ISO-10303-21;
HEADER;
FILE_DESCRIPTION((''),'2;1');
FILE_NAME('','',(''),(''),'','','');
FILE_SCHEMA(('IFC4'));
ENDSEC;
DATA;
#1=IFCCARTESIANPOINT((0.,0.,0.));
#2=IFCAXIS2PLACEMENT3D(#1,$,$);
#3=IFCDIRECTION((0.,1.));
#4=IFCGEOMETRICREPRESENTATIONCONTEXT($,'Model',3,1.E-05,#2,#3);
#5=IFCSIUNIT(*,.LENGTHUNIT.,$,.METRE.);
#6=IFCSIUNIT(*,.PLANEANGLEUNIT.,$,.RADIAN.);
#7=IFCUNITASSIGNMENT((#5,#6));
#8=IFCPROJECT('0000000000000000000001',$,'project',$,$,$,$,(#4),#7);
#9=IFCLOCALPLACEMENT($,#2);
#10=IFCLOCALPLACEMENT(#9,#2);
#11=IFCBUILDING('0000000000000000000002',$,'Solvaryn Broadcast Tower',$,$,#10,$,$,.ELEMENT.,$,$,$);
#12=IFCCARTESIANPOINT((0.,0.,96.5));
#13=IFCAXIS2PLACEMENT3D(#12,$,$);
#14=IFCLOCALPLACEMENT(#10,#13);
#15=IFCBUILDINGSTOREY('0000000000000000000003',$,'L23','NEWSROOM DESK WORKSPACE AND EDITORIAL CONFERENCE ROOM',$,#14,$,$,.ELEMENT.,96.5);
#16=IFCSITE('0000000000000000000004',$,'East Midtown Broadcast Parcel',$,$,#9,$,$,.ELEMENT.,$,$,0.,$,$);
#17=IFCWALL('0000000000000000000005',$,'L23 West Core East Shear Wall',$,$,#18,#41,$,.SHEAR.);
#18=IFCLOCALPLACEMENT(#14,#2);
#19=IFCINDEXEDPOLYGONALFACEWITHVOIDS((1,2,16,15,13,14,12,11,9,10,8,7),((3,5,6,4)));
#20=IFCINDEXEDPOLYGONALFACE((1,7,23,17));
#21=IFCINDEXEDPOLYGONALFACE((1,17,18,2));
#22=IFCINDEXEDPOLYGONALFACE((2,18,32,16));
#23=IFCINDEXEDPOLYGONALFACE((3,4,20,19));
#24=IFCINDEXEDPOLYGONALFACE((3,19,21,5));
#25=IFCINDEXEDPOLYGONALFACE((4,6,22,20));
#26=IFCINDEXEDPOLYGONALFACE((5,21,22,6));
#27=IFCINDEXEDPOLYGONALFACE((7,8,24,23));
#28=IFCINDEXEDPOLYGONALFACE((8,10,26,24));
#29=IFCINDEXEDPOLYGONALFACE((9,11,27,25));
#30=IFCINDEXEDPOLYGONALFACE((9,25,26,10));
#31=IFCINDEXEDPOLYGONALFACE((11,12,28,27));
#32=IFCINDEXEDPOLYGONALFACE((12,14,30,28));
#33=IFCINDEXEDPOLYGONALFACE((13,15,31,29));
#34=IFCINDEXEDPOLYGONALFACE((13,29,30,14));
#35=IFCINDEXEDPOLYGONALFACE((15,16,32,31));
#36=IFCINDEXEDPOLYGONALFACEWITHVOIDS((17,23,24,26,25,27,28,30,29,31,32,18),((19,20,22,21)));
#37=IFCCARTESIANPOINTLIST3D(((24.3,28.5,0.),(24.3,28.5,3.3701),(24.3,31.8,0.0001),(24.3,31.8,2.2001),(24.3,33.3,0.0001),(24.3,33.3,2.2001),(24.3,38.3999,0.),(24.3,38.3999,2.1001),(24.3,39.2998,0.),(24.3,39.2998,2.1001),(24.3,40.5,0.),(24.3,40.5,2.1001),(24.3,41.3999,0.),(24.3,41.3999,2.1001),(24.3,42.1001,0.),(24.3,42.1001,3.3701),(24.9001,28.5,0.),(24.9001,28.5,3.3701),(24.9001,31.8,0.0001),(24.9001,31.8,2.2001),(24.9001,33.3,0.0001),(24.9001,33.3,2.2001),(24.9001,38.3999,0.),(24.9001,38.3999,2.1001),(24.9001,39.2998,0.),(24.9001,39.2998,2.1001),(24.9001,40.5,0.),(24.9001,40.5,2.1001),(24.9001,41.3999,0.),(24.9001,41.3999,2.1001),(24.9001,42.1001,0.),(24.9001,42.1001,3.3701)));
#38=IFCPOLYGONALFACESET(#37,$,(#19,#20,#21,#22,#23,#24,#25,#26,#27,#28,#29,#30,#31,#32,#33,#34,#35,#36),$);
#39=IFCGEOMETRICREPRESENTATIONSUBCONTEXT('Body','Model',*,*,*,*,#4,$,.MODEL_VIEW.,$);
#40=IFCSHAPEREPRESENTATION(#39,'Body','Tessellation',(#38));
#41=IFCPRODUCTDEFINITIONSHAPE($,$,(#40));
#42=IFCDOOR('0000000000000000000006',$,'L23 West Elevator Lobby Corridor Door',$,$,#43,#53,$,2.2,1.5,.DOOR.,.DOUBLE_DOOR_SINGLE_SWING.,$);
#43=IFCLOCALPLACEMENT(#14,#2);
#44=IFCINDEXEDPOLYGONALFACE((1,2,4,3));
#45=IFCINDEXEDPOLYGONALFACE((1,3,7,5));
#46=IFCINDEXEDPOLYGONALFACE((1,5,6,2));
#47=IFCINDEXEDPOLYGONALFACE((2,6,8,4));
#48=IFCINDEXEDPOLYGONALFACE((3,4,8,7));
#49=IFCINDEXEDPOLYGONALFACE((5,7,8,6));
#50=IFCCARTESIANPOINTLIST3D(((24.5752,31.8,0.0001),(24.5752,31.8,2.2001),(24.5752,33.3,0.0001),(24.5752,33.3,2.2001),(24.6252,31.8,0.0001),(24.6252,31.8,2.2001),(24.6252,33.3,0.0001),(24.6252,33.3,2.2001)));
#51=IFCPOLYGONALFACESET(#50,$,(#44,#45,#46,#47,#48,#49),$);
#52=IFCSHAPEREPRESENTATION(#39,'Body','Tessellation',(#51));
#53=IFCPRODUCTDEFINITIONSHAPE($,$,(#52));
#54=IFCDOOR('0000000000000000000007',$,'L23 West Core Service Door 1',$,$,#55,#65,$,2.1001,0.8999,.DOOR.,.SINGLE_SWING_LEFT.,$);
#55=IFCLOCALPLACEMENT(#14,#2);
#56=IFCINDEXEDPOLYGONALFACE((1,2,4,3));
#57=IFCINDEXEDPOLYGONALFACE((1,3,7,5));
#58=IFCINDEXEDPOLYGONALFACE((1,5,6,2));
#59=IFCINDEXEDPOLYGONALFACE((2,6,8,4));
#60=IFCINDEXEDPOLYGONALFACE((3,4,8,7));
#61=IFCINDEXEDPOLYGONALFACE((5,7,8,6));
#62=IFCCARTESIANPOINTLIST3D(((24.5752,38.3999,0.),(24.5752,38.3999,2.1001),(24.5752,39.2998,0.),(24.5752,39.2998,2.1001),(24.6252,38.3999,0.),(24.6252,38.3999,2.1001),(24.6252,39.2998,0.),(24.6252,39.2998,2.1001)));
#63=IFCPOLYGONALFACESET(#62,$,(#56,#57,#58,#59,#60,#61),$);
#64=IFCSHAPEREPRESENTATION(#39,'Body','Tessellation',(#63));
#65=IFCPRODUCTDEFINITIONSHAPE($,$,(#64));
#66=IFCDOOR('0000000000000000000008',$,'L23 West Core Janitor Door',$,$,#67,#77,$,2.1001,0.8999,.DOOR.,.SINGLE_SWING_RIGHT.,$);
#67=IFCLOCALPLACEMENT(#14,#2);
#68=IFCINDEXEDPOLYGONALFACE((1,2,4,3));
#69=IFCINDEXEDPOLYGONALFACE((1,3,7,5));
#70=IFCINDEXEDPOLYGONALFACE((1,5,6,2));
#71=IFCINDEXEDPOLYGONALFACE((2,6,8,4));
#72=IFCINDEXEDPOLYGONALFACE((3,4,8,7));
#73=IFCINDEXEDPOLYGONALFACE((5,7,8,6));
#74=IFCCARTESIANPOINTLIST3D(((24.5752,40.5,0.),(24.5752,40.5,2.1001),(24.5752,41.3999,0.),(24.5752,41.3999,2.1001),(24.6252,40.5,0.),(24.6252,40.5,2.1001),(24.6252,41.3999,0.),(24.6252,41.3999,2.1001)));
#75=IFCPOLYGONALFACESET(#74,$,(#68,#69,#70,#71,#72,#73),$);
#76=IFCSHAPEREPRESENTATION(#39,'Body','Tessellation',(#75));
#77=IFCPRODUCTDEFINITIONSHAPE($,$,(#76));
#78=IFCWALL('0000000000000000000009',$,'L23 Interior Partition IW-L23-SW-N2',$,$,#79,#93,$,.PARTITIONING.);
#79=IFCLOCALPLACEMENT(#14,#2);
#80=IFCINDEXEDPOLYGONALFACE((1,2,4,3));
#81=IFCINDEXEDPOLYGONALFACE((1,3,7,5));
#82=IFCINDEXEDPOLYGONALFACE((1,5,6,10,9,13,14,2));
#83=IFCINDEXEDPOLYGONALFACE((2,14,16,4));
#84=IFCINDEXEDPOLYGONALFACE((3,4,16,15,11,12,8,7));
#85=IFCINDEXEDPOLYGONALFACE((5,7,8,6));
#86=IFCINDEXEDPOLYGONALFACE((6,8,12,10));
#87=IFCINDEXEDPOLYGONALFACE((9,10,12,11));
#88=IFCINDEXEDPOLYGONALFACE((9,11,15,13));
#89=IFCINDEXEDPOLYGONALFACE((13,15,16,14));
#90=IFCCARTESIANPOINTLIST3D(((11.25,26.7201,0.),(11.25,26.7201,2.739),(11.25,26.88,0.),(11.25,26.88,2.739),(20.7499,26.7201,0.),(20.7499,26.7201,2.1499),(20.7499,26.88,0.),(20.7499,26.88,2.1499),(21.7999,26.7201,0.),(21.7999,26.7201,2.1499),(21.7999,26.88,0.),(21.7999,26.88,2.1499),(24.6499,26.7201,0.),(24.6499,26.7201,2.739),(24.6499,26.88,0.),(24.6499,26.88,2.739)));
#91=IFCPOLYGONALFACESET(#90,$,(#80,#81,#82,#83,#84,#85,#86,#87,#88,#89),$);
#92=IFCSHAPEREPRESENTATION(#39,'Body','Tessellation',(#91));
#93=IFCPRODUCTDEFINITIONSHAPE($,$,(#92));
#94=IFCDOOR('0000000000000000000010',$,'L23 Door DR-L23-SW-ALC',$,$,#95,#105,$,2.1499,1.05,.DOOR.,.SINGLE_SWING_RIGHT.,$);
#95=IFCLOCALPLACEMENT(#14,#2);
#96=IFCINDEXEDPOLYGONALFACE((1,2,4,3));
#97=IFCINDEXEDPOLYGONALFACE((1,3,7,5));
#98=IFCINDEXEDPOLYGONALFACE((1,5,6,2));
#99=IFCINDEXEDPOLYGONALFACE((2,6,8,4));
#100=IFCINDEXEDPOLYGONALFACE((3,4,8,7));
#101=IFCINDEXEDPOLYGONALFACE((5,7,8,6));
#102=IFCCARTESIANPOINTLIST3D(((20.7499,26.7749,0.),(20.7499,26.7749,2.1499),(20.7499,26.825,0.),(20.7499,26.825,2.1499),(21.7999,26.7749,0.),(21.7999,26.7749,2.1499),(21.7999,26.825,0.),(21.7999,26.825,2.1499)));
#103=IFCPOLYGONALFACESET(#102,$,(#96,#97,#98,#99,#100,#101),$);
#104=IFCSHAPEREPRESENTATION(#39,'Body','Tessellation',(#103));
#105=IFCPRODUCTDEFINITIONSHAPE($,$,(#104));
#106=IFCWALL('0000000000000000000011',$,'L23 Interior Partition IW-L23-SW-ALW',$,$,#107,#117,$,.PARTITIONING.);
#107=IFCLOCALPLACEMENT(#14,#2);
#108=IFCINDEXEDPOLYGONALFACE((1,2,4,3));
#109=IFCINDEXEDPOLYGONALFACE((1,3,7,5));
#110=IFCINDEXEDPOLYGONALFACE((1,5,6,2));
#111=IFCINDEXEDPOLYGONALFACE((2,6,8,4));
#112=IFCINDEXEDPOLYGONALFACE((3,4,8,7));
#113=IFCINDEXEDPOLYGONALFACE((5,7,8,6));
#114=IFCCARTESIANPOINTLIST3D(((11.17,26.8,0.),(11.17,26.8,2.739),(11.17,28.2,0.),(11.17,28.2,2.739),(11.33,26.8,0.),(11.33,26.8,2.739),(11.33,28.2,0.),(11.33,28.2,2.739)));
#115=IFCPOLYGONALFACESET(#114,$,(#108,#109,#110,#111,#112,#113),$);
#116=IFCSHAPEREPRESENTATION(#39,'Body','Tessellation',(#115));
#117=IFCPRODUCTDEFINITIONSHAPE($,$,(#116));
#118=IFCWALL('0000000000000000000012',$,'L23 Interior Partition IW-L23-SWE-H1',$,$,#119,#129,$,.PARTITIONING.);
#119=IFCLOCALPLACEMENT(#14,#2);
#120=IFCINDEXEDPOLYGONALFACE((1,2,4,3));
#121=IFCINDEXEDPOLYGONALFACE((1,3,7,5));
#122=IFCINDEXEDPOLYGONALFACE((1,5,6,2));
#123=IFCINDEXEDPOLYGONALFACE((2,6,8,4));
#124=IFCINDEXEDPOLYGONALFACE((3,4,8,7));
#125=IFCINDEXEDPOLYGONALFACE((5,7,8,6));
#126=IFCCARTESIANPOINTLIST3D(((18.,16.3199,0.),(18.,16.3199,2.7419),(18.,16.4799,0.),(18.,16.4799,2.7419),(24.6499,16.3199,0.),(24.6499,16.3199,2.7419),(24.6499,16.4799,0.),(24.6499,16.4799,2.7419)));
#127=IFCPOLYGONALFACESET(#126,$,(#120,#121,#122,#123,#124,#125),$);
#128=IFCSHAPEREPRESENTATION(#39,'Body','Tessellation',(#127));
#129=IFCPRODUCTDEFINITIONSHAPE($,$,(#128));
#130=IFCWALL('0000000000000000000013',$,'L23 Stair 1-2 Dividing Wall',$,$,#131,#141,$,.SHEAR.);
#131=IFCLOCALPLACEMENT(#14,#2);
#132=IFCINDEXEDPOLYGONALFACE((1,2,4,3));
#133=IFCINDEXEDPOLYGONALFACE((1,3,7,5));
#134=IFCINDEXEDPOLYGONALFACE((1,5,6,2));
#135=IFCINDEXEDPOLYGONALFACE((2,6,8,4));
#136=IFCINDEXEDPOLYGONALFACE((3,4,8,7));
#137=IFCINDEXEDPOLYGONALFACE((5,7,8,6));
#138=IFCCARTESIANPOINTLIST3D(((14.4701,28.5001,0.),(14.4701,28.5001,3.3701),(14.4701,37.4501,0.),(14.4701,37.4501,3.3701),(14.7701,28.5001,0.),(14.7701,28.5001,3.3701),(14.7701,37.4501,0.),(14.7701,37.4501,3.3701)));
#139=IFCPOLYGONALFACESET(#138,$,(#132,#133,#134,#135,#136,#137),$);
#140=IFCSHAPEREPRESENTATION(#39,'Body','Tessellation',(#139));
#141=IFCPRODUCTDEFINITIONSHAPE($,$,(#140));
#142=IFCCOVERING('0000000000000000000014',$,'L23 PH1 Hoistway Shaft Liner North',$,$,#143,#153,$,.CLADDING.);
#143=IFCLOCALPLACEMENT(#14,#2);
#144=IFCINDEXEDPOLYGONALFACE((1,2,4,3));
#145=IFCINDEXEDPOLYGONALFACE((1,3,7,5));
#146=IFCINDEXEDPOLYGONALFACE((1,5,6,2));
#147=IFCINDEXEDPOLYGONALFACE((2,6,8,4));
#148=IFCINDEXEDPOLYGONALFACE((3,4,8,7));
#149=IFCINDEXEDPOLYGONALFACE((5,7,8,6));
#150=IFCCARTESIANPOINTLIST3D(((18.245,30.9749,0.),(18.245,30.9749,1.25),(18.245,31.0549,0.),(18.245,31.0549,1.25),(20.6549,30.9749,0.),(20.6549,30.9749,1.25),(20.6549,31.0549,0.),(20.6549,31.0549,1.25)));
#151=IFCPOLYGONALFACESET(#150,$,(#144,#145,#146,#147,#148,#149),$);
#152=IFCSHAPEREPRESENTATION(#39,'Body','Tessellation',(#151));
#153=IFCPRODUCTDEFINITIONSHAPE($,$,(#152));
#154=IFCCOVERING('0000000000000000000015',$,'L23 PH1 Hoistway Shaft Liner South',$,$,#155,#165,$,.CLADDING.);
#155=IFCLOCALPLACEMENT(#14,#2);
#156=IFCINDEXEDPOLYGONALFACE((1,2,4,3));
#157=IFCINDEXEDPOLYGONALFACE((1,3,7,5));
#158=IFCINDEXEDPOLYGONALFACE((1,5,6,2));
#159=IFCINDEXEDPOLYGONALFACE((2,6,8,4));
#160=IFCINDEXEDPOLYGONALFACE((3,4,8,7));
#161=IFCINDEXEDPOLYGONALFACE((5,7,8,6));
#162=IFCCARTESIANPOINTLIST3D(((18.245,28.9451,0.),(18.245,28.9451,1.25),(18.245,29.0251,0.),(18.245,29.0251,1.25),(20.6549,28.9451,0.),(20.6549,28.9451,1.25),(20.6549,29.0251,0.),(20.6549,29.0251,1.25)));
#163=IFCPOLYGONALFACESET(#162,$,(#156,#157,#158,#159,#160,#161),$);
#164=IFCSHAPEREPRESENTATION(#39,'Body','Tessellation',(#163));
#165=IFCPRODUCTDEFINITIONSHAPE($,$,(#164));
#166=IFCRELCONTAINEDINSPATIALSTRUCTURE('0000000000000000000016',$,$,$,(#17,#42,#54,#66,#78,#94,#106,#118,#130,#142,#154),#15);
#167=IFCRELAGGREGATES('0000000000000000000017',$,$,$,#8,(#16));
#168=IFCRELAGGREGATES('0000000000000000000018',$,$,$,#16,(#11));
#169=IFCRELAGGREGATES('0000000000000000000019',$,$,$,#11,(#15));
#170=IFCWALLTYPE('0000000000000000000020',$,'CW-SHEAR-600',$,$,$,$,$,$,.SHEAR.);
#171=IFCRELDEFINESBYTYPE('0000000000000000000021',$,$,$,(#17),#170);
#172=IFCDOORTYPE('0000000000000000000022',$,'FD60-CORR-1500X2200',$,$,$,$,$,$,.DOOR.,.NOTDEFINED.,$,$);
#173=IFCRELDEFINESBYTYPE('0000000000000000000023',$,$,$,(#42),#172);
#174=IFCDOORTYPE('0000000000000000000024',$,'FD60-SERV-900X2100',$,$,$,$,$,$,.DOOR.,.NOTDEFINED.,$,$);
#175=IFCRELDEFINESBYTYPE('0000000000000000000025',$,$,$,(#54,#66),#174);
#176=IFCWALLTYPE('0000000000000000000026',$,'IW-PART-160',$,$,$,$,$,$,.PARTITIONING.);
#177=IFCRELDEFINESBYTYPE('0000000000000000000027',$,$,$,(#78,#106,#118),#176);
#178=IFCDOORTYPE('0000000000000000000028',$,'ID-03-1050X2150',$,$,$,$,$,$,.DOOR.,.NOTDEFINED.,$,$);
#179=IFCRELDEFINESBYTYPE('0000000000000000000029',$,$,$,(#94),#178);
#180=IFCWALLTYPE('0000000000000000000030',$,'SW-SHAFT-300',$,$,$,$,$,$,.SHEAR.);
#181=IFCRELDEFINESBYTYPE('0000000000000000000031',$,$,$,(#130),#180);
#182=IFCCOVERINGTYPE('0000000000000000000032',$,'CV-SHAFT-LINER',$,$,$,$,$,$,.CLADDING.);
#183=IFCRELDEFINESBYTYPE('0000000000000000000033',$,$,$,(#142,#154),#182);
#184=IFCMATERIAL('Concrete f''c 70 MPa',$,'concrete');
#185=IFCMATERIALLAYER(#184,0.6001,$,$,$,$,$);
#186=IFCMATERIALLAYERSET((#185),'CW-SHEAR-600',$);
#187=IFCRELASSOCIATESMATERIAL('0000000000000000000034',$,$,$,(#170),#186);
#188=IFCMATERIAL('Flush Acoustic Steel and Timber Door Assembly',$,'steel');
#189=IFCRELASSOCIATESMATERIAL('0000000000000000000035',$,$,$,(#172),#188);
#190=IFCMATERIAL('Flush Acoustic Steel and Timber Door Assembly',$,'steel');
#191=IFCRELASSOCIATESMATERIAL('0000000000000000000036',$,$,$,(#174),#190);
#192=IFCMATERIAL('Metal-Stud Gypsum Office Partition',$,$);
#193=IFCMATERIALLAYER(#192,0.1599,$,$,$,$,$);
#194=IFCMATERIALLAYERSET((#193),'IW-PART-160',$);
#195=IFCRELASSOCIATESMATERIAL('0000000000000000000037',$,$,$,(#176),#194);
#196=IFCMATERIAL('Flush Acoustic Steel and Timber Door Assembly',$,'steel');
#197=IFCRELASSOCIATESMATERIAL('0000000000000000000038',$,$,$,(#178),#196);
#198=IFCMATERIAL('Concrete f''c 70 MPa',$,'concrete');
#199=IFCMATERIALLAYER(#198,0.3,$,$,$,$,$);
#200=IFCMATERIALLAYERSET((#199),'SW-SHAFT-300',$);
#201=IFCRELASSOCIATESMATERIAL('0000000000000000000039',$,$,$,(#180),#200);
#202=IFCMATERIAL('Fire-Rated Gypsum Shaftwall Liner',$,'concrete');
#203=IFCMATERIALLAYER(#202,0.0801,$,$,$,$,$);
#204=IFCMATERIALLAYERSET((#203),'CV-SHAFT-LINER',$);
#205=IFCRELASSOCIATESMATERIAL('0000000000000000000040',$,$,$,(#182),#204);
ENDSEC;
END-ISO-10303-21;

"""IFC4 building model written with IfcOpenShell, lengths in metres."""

from ifc_helpers import new_model, si_unit, direction, frame, frame_2d, origin, origin_2d, place, context, subcontext, project, spatial, rectangle, extrude, material, layer, layer_set, type_object, element, fill, save


model = new_model("IFC4")

# Units and contexts
model_context = context("Model", 3, precision=1e-05, world=origin(), true_north=direction((0.0, 1.0)))
body_context = subcontext(model_context, "Body", "Model", "MODEL_VIEW")
ifc_project = project(units=[si_unit("LENGTHUNIT", "METRE"), si_unit("PLANEANGLEUNIT", "RADIAN")], contexts=[model_context])

# Site, building, storey
site_placement = place(None, origin())
site = spatial("IfcSite", under=ifc_project, at=site_placement, Name="East Midtown Broadcast Parcel", CompositionType="ELEMENT", RefElevation=0.0)
building_placement = place(site_placement, origin())
building = spatial("IfcBuilding", under=site, at=building_placement, Name="Solvaryn Broadcast Tower", CompositionType="ELEMENT")
storey_placement = place(building_placement, frame((0.0, 0.0, 96.5)))
storey = spatial("IfcBuildingStorey", under=building, at=storey_placement, Name="L23", Description="NEWSROOM DESK WORKSPACE AND EDITORIAL CONFERENCE ROOM", CompositionType="ELEMENT", Elevation=96.5)

# Shared definitions
ifc_material_1 = material(Name="Concrete f'c 70 MPa", Category="concrete")
ifc_layer_1 = layer(ifc_material_1, 0.6001)
ifc_layer_set_1 = layer_set([ifc_layer_1], Name="CW-SHEAR-600")
wall_type_1 = type_object("IfcWallType", Name="CW-SHEAR-600", PredefinedType="SHEAR", material=ifc_layer_set_1)

# Wall, openings, doors
wall_1_placement = place(storey_placement, frame((24.6001, 28.5, 0.0), z_axis=(0.0, 0.0, 1.0), x_axis=(0.0, 1.0, 0.0)))
wall_1 = element("IfcWall", 1, at=wall_1_placement, inside=storey, type_object=wall_type_1, Name="L23 West Core East Shear Wall", PredefinedType="SHEAR", context=body_context, shape_type="SweptSolid", body=[
    extrude(rectangle(XDim=13.6001, YDim=0.6001, at=frame_2d((6.8, 0.0))), origin(), (0.0, 0.0, 1.0), 3.3701),
])
opening_1_placement = place(wall_1_placement, frame((3.3, 0.0, 0.0)))
opening_1 = element("IfcOpeningElement", 2, at=opening_1_placement, cuts=wall_1, PredefinedType="OPENING", context=body_context, shape_type="SweptSolid", body=[
    extrude(rectangle(XDim=1.5, YDim=2.2, at=frame_2d((0.75, 1.1001))), frame((0.0, 0.3101, 0.0), z_axis=(0.0, -1.0, 0.0), x_axis=(1.0, 0.0, 0.0)), (0.0, 0.0, 1.0), 0.6201),
])
opening_2_placement = place(wall_1_placement, frame((9.8999, 0.0, 0.0)))
opening_2 = element("IfcOpeningElement", 3, at=opening_2_placement, cuts=wall_1, PredefinedType="OPENING", context=body_context, shape_type="SweptSolid", body=[
    extrude(rectangle(XDim=0.8999, YDim=2.1001, at=frame_2d((0.45, 1.05))), frame((0.0, 0.3101, 0.0), z_axis=(0.0, -1.0, 0.0), x_axis=(1.0, 0.0, 0.0)), (0.0, 0.0, 1.0), 0.6201),
])
opening_3_placement = place(wall_1_placement, frame((12.0, 0.0, 0.0)))
opening_3 = element("IfcOpeningElement", 4, at=opening_3_placement, cuts=wall_1, PredefinedType="OPENING", context=body_context, shape_type="SweptSolid", body=[
    extrude(rectangle(XDim=0.8999, YDim=2.1001, at=frame_2d((0.45, 1.05))), frame((0.0, 0.3101, 0.0), z_axis=(0.0, -1.0, 0.0), x_axis=(1.0, 0.0, 0.0)), (0.0, 0.0, 1.0), 0.6201),
])
ifc_material_2 = material(Name="Flush Acoustic Steel and Timber Door Assembly", Category="steel")
door_type_1 = type_object("IfcDoorType", Name="FD60-CORR-1500X2200", OperationType="NOTDEFINED", PredefinedType="DOOR", material=ifc_material_2)
door_1_placement = place(opening_1_placement, origin())
door_1 = element("IfcDoor", 5, at=door_1_placement, inside=storey, type_object=door_type_1, Name="L23 West Elevator Lobby Corridor Door", OperationType="DOUBLE_DOOR_SINGLE_SWING", OverallHeight=2.2, OverallWidth=1.5, PredefinedType="DOOR", context=body_context, shape_type="SweptSolid", body=[
    extrude(rectangle(XDim=1.5, YDim=2.2, at=frame_2d((0.75, 1.1001))), frame((0.0, 0.0249, 0.0), z_axis=(0.0, -1.0, 0.0), x_axis=(1.0, 0.0, 0.0)), (0.0, 0.0, 1.0), 0.05),
])
fill(opening_1, door_1)
ifc_material_3 = material(Name="Flush Acoustic Steel and Timber Door Assembly", Category="steel")
door_type_2 = type_object("IfcDoorType", Name="FD60-SERV-900X2100", OperationType="NOTDEFINED", PredefinedType="DOOR", material=ifc_material_3)
door_2_placement = place(opening_2_placement, origin())
door_2 = element("IfcDoor", 6, at=door_2_placement, inside=storey, type_object=door_type_2, Name="L23 West Core Service Door 1", OperationType="SINGLE_SWING_LEFT", OverallHeight=2.1001, OverallWidth=0.8999, PredefinedType="DOOR", context=body_context, shape_type="SweptSolid", body=[
    extrude(rectangle(XDim=0.8999, YDim=2.1001, at=frame_2d((0.45, 1.05))), frame((0.0, 0.0249, 0.0), z_axis=(0.0, -1.0, 0.0), x_axis=(1.0, 0.0, 0.0)), (0.0, 0.0, 1.0), 0.05),
])
fill(opening_2, door_2)
door_3_placement = place(opening_3_placement, origin())
door_3 = element("IfcDoor", 7, at=door_3_placement, inside=storey, type_object=door_type_2, Name="L23 West Core Janitor Door", OperationType="SINGLE_SWING_RIGHT", OverallHeight=2.1001, OverallWidth=0.8999, PredefinedType="DOOR", context=body_context, shape_type="SweptSolid", body=[
    extrude(rectangle(XDim=0.8999, YDim=2.1001, at=frame_2d((0.45, 1.05))), frame((0.0, 0.0249, 0.0), z_axis=(0.0, -1.0, 0.0), x_axis=(1.0, 0.0, 0.0)), (0.0, 0.0, 1.0), 0.05),
])
fill(opening_3, door_3)

# Wall, opening, door
ifc_material_4 = material(Name="Metal-Stud Gypsum Office Partition")
ifc_layer_2 = layer(ifc_material_4, 0.1599)
ifc_layer_set_2 = layer_set([ifc_layer_2], Name="IW-PART-160")
wall_type_2 = type_object("IfcWallType", Name="IW-PART-160", PredefinedType="PARTITIONING", material=ifc_layer_set_2)
wall_2_placement = place(storey_placement, frame((11.25, 26.8, 0.0), z_axis=(0.0, 0.0, 1.0), x_axis=(1.0, 0.0, 0.0)))
wall_2 = element("IfcWall", 8, at=wall_2_placement, inside=storey, type_object=wall_type_2, Name="L23 Interior Partition IW-L23-SW-N2", PredefinedType="PARTITIONING", context=body_context, shape_type="SweptSolid", body=[
    extrude(rectangle(XDim=13.3999, YDim=0.1599, at=frame_2d((6.7, 0.0))), origin(), (0.0, 0.0, 1.0), 2.739),
])
opening_4_placement = place(wall_2_placement, frame((9.5, 0.0, 0.0)))
opening_4 = element("IfcOpeningElement", 9, at=opening_4_placement, cuts=wall_2, PredefinedType="OPENING", context=body_context, shape_type="SweptSolid", body=[
    extrude(rectangle(XDim=1.05, YDim=2.1499, at=frame_2d((0.5249, 1.075))), frame((0.0, 0.0901, 0.0), z_axis=(0.0, -1.0, 0.0), x_axis=(1.0, 0.0, 0.0)), (0.0, 0.0, 1.0), 0.1799),
])
ifc_material_5 = material(Name="Flush Acoustic Steel and Timber Door Assembly", Category="steel")
door_type_3 = type_object("IfcDoorType", Name="ID-03-1050X2150", OperationType="NOTDEFINED", PredefinedType="DOOR", material=ifc_material_5)
door_4_placement = place(opening_4_placement, origin())
door_4 = element("IfcDoor", 10, at=door_4_placement, inside=storey, type_object=door_type_3, Name="L23 Door DR-L23-SW-ALC", OperationType="SINGLE_SWING_RIGHT", OverallHeight=2.1499, OverallWidth=1.05, PredefinedType="DOOR", context=body_context, shape_type="SweptSolid", body=[
    extrude(rectangle(XDim=1.05, YDim=2.1499, at=frame_2d((0.5249, 1.075))), frame((0.0, 0.0249, 0.0), z_axis=(0.0, -1.0, 0.0), x_axis=(1.0, 0.0, 0.0)), (0.0, 0.0, 1.0), 0.05),
])
fill(opening_4, door_4)

# Walls
wall_3_placement = place(storey_placement, frame((11.25, 26.8, 0.0), z_axis=(0.0, 0.0, 1.0), x_axis=(0.0, 1.0, 0.0)))
element("IfcWall", 11, at=wall_3_placement, inside=storey, type_object=wall_type_2, Name="L23 Interior Partition IW-L23-SW-ALW", PredefinedType="PARTITIONING", context=body_context, shape_type="SweptSolid", body=[
    extrude(rectangle(XDim=1.3999, YDim=0.1599, at=frame_2d((0.7, 0.0))), origin(), (0.0, 0.0, 1.0), 2.739),
])
wall_4_placement = place(storey_placement, frame((18.0, 16.3999, 0.0), z_axis=(0.0, 0.0, 1.0), x_axis=(1.0, 0.0, 0.0)))
element("IfcWall", 12, at=wall_4_placement, inside=storey, type_object=wall_type_2, Name="L23 Interior Partition IW-L23-SWE-H1", PredefinedType="PARTITIONING", context=body_context, shape_type="SweptSolid", body=[
    extrude(rectangle(XDim=6.6499, YDim=0.1599, at=frame_2d((3.325, 0.0))), origin(), (0.0, 0.0, 1.0), 2.7419),
])
ifc_material_6 = material(Name="Concrete f'c 70 MPa", Category="concrete")
ifc_layer_3 = layer(ifc_material_6, 0.3)
ifc_layer_set_3 = layer_set([ifc_layer_3], Name="SW-SHAFT-300")
wall_type_3 = type_object("IfcWallType", Name="SW-SHAFT-300", PredefinedType="SHEAR", material=ifc_layer_set_3)
wall_5_placement = place(storey_placement, frame((14.6201, 28.5, 0.0), z_axis=(0.0, 0.0, 1.0), x_axis=(0.0, 1.0, 0.0)))
element("IfcWall", 13, at=wall_5_placement, inside=storey, type_object=wall_type_3, Name="L23 Stair 1-2 Dividing Wall", PredefinedType="SHEAR", context=body_context, shape_type="SweptSolid", body=[
    extrude(rectangle(XDim=8.95, YDim=0.3, at=frame_2d((4.4751, 0.0))), origin(), (0.0, 0.0, 1.0), 3.3701),
])

# Coverings
ifc_material_7 = material(Name="Fire-Rated Gypsum Shaftwall Liner", Category="concrete")
ifc_layer_4 = layer(ifc_material_7, 0.0801)
ifc_layer_set_4 = layer_set([ifc_layer_4], Name="CV-SHAFT-LINER")
covering_type = type_object("IfcCoveringType", Name="CV-SHAFT-LINER", PredefinedType="CLADDING", material=ifc_layer_set_4)
for number, where, z_axis, x_axis, name in (
    (14, (19.45, 31.0149, 0.0), (0.0, 0.0, 1.0), (1.0, 0.0, 0.0), "L23 PH1 Hoistway Shaft Liner North"),
    (15, (19.45, 28.9851, 0.0), (0.0, 0.0, 1.0), (1.0, 0.0, 0.0), "L23 PH1 Hoistway Shaft Liner South"),
):
    element("IfcCovering", number, at=place(storey_placement, frame(where, z_axis=z_axis, x_axis=x_axis)), inside=storey, type_object=covering_type, Name=name, PredefinedType="CLADDING", context=body_context, shape_type="SweptSolid", body=[
        extrude(rectangle(XDim=2.4099, YDim=0.0801, at=origin_2d()), origin(), (0.0, 0.0, 1.0), 1.25),
    ])

save(model, "model.ifc")
